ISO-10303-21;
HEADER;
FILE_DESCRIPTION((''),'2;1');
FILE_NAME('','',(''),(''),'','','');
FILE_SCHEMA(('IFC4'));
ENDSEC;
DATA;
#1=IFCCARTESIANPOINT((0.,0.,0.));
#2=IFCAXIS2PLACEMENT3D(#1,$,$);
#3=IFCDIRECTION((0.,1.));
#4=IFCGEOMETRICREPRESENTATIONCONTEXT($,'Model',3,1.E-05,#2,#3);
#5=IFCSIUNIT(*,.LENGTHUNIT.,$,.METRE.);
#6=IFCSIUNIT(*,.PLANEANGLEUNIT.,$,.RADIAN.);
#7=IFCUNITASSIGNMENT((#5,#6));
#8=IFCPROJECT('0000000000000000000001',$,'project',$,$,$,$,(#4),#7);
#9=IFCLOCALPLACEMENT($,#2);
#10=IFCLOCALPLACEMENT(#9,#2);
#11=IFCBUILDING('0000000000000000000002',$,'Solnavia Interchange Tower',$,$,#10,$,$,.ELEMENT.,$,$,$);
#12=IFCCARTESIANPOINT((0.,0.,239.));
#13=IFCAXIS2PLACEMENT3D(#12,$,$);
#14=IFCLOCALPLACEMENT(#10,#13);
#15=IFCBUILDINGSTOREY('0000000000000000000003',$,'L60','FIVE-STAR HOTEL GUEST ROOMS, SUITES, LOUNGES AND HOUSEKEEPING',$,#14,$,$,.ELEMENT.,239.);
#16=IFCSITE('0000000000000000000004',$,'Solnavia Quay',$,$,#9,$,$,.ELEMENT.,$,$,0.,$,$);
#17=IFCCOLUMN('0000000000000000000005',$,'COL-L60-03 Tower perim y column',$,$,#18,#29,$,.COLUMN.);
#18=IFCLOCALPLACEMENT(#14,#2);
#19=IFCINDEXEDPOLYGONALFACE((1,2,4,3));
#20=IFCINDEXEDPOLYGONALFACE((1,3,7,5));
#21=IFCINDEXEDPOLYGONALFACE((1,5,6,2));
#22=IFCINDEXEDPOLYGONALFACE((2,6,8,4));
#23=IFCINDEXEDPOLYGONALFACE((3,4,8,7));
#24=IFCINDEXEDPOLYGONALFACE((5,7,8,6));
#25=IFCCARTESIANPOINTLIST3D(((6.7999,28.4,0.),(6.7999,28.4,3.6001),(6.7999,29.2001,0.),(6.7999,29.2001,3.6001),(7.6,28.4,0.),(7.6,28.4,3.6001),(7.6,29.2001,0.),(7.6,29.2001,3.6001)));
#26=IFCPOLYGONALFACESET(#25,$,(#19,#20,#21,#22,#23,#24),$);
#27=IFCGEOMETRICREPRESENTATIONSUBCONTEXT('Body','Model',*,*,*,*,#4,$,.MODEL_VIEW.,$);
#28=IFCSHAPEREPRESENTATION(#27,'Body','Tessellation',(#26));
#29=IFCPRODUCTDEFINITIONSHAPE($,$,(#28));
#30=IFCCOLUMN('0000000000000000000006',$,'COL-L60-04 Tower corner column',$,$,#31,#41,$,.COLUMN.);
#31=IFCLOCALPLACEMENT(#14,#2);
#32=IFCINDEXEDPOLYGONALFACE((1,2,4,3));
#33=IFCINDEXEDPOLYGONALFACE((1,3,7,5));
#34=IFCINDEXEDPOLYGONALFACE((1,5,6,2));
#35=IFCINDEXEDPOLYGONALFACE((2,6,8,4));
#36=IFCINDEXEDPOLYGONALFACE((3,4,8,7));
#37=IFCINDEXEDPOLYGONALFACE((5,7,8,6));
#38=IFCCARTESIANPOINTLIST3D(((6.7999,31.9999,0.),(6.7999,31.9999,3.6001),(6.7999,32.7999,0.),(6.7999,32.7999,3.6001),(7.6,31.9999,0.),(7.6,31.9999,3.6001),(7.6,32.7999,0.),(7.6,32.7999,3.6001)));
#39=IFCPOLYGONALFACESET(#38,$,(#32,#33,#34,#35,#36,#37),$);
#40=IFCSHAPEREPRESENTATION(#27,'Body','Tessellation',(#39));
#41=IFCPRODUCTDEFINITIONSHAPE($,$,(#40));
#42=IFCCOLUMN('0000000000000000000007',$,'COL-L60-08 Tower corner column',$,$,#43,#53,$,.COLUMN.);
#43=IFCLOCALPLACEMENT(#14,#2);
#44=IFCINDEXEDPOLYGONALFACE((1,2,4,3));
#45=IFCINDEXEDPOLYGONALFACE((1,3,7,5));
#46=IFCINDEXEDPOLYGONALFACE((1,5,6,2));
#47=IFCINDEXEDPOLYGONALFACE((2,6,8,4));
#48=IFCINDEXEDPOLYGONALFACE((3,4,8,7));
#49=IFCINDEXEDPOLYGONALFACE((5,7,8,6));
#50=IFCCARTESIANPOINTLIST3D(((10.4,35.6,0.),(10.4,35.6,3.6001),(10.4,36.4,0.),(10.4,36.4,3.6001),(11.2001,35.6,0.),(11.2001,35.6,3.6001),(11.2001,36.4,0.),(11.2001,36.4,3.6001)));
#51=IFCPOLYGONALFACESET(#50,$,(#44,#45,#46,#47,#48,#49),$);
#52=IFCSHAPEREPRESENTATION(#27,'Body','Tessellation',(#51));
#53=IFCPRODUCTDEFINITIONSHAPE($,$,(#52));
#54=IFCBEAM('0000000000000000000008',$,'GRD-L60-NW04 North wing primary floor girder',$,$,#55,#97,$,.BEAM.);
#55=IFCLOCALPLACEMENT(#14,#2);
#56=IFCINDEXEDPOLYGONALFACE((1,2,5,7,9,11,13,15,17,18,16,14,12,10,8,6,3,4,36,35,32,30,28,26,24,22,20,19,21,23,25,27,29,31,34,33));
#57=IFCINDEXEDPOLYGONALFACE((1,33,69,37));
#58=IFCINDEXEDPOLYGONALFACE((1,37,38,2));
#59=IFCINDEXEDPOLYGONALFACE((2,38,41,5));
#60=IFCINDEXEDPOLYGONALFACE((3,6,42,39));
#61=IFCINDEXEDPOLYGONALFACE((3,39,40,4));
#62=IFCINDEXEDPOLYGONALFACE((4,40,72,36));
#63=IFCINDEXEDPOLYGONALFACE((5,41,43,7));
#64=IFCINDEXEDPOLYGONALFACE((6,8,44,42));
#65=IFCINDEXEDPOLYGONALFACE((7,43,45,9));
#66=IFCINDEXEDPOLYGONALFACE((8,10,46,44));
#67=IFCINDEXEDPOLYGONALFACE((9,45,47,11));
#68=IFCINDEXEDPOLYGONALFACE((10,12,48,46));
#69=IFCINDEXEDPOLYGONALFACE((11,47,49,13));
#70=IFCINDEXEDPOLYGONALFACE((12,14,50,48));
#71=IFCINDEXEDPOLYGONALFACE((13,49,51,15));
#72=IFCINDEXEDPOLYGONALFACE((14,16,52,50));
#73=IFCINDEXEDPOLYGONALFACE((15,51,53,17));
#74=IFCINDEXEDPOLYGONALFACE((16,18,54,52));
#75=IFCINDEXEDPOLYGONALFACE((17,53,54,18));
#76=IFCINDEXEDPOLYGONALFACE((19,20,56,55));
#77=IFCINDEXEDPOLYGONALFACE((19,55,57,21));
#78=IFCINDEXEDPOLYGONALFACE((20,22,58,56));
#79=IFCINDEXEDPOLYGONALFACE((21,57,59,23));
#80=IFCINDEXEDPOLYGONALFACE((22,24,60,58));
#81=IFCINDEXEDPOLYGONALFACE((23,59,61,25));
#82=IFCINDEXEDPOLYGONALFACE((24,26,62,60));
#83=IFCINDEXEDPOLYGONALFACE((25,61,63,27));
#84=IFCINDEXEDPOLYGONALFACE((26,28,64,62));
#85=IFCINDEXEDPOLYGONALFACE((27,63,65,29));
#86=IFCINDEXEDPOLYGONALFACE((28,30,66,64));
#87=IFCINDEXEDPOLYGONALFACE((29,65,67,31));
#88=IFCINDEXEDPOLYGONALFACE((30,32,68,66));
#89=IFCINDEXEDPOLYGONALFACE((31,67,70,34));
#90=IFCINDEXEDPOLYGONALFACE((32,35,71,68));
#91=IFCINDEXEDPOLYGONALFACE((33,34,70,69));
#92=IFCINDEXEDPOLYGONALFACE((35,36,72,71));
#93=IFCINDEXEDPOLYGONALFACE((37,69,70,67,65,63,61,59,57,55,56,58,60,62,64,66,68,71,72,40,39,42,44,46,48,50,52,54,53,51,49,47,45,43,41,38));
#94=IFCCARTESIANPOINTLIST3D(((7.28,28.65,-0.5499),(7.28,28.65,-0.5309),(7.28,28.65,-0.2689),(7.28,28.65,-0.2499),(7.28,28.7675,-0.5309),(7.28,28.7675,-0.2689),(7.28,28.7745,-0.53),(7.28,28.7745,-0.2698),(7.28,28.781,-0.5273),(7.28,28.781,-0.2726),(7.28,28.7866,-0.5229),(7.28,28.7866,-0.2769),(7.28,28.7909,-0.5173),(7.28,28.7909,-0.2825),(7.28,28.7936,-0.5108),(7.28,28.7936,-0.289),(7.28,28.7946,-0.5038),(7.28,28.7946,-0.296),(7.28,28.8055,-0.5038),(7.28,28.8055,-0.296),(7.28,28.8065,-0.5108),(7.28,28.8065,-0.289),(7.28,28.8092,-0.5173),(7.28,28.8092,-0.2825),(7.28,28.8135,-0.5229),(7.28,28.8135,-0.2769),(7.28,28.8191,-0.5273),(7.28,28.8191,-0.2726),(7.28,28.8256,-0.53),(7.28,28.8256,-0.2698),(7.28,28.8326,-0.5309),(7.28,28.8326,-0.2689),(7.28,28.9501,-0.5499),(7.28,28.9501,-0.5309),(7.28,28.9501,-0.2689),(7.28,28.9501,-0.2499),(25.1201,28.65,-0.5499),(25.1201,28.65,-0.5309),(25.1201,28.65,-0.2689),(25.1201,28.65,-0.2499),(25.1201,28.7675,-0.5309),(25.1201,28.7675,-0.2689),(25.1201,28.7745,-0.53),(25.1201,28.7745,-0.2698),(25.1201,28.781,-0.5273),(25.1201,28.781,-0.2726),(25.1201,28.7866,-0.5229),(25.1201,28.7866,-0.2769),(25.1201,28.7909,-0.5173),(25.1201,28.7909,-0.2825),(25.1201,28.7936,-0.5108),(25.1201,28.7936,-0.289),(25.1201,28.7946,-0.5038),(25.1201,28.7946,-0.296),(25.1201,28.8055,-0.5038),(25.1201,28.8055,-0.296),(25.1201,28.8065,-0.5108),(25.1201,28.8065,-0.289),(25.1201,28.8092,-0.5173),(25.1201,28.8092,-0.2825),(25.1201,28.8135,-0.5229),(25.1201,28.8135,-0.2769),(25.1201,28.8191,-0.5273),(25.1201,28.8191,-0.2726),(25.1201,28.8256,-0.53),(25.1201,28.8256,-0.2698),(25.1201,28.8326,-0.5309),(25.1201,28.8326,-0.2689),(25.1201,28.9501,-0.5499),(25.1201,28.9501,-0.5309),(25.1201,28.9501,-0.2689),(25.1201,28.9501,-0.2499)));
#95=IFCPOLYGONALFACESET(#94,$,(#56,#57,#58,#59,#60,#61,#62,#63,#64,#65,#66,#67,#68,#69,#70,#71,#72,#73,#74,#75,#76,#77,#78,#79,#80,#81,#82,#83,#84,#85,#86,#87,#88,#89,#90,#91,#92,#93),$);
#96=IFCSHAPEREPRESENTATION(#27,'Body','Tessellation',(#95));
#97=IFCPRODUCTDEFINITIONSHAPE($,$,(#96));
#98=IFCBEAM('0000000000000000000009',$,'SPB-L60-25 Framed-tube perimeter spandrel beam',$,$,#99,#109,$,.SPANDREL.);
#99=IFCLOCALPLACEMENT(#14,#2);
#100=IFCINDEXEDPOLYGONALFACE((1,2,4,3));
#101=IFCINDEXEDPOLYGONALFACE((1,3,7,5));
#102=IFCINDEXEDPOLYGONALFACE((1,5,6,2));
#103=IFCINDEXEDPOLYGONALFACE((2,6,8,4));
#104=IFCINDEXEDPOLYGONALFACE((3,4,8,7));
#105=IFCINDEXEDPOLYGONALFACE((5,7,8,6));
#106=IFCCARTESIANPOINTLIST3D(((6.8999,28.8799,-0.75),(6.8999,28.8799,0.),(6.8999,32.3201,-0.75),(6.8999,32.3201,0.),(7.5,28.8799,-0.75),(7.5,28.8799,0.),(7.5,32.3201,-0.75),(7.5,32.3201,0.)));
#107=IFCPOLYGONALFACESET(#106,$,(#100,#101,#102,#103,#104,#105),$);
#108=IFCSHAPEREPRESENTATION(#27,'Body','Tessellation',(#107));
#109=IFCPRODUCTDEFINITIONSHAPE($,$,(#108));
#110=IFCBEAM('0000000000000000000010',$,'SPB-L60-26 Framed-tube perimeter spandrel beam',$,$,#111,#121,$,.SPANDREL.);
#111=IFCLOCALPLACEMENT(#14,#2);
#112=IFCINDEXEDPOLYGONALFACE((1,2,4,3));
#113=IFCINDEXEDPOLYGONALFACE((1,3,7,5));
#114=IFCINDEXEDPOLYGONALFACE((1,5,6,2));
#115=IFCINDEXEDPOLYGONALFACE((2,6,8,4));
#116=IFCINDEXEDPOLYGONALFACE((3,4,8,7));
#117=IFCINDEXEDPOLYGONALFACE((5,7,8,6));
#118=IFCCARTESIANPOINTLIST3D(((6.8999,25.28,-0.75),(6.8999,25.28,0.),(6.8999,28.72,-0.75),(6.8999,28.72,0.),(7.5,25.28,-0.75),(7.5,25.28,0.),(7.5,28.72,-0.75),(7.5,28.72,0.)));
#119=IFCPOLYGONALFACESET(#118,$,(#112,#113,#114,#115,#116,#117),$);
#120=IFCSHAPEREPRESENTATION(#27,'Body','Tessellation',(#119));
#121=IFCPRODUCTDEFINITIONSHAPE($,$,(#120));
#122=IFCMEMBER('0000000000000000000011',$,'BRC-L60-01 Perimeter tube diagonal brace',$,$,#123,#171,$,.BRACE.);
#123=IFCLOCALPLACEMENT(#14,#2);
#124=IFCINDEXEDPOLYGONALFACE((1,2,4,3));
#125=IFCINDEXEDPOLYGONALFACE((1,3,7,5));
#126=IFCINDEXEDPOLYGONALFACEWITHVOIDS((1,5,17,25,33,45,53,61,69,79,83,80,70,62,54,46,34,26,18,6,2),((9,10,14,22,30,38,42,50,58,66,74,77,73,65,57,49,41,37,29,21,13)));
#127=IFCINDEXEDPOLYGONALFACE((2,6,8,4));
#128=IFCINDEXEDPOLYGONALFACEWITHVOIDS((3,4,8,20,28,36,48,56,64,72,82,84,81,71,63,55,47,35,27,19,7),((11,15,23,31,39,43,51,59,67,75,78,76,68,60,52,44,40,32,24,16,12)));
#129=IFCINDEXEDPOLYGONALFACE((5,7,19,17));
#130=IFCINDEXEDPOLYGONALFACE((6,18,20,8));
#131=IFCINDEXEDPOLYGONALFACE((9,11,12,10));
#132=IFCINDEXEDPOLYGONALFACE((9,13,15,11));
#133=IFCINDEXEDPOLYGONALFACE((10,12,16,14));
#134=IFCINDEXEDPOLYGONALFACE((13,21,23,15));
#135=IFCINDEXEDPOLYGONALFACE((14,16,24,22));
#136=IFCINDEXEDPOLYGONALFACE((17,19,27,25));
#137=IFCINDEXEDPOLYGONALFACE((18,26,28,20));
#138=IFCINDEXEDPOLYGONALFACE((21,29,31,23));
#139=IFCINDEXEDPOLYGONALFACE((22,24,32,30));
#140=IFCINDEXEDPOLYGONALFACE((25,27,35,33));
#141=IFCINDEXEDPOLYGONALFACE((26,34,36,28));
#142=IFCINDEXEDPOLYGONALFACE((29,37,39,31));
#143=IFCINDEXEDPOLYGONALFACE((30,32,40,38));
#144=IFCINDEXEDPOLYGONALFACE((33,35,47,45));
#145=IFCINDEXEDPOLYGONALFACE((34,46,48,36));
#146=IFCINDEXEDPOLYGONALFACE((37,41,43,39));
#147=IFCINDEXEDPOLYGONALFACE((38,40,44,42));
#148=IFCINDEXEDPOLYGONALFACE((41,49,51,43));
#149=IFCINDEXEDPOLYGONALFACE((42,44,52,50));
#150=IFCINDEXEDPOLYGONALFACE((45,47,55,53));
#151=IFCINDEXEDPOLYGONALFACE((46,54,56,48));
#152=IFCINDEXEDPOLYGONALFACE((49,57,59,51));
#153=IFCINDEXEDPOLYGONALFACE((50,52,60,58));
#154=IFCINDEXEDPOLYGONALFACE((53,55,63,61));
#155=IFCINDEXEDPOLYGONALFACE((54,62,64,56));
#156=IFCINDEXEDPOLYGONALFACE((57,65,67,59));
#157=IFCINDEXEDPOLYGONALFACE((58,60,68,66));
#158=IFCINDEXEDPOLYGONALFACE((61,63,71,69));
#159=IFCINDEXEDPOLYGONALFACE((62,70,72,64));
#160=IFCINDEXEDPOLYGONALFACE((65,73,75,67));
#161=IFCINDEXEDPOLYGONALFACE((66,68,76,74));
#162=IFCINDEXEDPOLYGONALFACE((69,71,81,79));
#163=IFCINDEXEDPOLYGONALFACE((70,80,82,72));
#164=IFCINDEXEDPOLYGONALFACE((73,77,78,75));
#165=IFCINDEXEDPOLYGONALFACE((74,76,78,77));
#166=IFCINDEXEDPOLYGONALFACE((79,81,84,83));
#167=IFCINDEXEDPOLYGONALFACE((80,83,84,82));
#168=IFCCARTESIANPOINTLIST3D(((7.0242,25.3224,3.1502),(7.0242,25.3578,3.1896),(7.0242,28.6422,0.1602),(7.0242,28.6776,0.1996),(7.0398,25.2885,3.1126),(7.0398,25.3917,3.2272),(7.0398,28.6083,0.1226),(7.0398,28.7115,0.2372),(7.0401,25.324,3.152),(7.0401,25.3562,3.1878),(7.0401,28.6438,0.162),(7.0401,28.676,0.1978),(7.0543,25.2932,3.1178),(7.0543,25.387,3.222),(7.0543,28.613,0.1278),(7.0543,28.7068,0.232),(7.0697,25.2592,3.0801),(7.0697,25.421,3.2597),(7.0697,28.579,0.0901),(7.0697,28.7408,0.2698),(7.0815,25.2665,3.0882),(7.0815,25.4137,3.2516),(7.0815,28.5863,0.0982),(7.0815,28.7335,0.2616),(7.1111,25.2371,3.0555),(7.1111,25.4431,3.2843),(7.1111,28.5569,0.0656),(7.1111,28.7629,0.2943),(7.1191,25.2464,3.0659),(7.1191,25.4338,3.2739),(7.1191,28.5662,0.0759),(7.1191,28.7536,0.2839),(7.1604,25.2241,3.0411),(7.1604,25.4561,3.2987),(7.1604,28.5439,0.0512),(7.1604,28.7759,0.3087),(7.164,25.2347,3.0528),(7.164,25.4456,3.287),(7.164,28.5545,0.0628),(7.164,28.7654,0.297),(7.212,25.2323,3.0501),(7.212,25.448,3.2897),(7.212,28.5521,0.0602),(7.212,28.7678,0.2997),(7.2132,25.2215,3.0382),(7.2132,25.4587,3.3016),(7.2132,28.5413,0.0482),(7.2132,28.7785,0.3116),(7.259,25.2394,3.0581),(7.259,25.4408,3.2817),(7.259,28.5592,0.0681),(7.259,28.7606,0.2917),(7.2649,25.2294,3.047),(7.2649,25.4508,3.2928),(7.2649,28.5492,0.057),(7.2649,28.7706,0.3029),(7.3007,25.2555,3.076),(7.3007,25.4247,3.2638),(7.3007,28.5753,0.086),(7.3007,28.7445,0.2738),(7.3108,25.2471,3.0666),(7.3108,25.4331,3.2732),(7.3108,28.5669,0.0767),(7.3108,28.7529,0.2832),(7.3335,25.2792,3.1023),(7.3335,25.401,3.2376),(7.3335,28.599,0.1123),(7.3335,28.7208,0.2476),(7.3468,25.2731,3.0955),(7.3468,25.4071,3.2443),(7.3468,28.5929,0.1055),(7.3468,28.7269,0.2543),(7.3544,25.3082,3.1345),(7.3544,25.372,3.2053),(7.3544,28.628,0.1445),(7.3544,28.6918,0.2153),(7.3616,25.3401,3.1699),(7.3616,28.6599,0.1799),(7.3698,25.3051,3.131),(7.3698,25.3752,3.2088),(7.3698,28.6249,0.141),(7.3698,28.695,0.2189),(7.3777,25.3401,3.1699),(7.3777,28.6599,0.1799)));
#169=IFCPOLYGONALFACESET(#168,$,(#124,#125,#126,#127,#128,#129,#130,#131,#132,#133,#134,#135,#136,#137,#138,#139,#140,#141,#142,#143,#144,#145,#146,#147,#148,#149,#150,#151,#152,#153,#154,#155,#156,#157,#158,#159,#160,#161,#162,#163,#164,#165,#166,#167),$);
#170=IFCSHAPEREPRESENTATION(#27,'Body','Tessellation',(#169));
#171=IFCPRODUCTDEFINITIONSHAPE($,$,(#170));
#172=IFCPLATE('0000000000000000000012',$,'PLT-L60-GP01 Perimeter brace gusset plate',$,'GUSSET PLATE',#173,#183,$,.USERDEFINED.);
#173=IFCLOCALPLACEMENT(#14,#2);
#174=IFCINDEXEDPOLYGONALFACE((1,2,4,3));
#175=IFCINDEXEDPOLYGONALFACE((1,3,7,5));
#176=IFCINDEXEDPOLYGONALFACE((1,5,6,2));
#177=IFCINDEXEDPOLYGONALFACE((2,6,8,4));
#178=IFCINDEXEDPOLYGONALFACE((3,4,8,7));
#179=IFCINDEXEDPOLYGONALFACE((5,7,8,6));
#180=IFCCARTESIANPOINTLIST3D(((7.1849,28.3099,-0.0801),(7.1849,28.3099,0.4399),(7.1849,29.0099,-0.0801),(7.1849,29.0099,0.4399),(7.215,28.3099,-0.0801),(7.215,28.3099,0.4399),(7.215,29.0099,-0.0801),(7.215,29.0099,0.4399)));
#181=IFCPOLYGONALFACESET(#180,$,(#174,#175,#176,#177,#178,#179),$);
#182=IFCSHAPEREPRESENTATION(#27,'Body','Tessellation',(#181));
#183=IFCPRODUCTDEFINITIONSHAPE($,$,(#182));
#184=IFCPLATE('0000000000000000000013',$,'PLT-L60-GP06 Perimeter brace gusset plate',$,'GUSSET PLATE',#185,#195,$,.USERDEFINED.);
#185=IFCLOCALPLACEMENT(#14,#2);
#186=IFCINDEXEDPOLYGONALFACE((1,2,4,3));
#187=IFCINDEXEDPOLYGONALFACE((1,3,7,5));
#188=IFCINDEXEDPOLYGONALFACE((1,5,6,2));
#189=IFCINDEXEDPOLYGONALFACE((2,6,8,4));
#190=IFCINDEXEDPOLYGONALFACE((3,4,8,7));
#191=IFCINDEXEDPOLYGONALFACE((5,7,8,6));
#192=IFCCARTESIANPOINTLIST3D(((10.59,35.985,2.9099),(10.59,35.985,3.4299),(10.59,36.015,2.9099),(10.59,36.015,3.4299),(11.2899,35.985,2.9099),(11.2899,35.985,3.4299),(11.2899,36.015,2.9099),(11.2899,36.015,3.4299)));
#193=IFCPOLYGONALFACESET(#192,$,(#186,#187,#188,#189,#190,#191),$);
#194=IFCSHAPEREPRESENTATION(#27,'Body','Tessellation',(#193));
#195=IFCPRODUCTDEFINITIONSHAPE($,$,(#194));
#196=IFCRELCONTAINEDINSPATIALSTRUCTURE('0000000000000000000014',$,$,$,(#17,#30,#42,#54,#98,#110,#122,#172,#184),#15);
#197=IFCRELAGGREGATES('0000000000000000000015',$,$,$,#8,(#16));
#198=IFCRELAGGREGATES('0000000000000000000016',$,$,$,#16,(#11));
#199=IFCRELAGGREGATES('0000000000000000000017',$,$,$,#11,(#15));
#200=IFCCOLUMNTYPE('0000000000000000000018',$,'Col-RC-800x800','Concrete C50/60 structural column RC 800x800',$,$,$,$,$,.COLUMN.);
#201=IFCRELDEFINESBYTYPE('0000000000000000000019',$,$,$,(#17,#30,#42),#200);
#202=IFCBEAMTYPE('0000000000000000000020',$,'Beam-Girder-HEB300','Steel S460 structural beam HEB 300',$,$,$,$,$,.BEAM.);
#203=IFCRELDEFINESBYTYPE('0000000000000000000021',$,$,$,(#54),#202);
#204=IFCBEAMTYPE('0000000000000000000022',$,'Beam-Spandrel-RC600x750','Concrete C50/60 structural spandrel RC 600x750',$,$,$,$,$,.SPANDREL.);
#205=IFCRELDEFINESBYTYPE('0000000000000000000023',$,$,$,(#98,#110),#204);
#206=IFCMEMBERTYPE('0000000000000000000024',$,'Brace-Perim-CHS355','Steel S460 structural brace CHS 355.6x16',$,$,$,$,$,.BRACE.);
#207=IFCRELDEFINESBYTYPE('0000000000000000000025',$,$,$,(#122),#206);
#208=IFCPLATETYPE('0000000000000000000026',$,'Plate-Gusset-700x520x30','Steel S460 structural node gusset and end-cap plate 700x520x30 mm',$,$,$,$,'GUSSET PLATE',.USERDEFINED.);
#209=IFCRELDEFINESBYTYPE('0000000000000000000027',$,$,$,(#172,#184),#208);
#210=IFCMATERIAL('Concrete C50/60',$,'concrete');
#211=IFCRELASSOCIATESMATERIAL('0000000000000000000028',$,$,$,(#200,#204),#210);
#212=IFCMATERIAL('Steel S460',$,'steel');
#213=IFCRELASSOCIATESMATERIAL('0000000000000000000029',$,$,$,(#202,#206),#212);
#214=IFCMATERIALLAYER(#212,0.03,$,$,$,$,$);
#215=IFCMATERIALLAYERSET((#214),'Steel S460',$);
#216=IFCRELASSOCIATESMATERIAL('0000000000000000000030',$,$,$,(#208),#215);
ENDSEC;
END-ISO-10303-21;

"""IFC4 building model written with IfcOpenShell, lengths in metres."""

from ifc_helpers import new_model, si_unit, direction, frame, origin, origin_2d, place, context, subcontext, project, spatial, rectangle, hollow_circle, i_section, extrude, material, layer, layer_set, material_profile, profile_set, type_object, element, save


model = new_model("IFC4")

# Units and contexts
model_context = context("Model", 3, precision=1e-05, world=origin(), true_north=direction((0.0, 1.0)))
body_context = subcontext(model_context, "Body", "Model", "MODEL_VIEW")
ifc_project = project(units=[si_unit("LENGTHUNIT", "METRE"), si_unit("PLANEANGLEUNIT", "RADIAN")], contexts=[model_context])

# Site, building, storey
site_placement = place(None, origin())
site = spatial("IfcSite", under=ifc_project, at=site_placement, Name="Solnavia Quay", CompositionType="ELEMENT", RefElevation=0.0)
building_placement = place(site_placement, origin())
building = spatial("IfcBuilding", under=site, at=building_placement, Name="Solnavia Interchange Tower", CompositionType="ELEMENT")
storey_placement = place(building_placement, frame((0.0, 0.0, 239.0)))
storey = spatial("IfcBuildingStorey", under=building, at=storey_placement, Name="L60", Description="FIVE-STAR HOTEL GUEST ROOMS, SUITES, LOUNGES AND HOUSEKEEPING", CompositionType="ELEMENT", Elevation=239.0)

# Columns
ifc_material_1 = material(Name="Concrete C50/60", Category="concrete")
ifc_material_profile_1 = material_profile(ifc_material_1, rectangle(XDim=0.8, YDim=0.8, at=origin_2d()), Name="RC 800x800")
ifc_profile_set_1 = profile_set([ifc_material_profile_1], Name="Concrete C50/60")
column_type = type_object("IfcColumnType", Name="Col-RC-800x800", Description="Concrete C50/60 structural column RC 800x800", PredefinedType="COLUMN", material=ifc_profile_set_1)
for number, where, z_axis, x_axis, name in (
    (1, (7.2, 28.8, 0.0), (0.0, 0.0, 1.0), (0.0, 1.0, 0.0), "COL-L60-03 Tower perim y column"),
    (2, (7.2, 32.3999, 0.0), (0.0, 0.0, 1.0), (0.0, 1.0, 0.0), "COL-L60-04 Tower corner column"),
    (3, (10.8, 36.0, 0.0), (0.0, 0.0, 1.0), (1.0, 0.0, 0.0), "COL-L60-08 Tower corner column"),
):
    element("IfcColumn", number, at=place(storey_placement, frame(where, z_axis=z_axis, x_axis=x_axis)), inside=storey, type_object=column_type, Name=name, PredefinedType="COLUMN", context=body_context, shape_type="SweptSolid", body=[
        extrude(rectangle(XDim=0.8, YDim=0.8, at=origin_2d()), origin(), (0.0, 0.0, 1.0), 3.6001),
    ])

# Beams
ifc_material_2 = material(Name="Steel S460", Category="steel")
ifc_material_profile_2 = material_profile(ifc_material_2, i_section(OverallWidth=0.3, OverallDepth=0.3, WebThickness=0.011, FlangeThickness=0.019, FilletRadius=0.0271, at=origin_2d()), Name="HEB 300")
ifc_profile_set_2 = profile_set([ifc_material_profile_2], Name="Steel S460")
beam_type_1 = type_object("IfcBeamType", Name="Beam-Girder-HEB300", Description="Steel S460 structural beam HEB 300", PredefinedType="BEAM", material=ifc_profile_set_2)
beam_1_placement = place(storey_placement, frame((7.28, 28.8, -0.3999), z_axis=(1.0, 0.0, 0.0), x_axis=(0.0, 1.0, 0.0)))
element("IfcBeam", 4, at=beam_1_placement, inside=storey, type_object=beam_type_1, Name="GRD-L60-NW04 North wing primary floor girder", PredefinedType="BEAM", context=body_context, shape_type="SweptSolid", body=[
    extrude(i_section(OverallWidth=0.3, OverallDepth=0.3, WebThickness=0.011, FlangeThickness=0.019, FilletRadius=0.0271, at=origin_2d()), origin(), (0.0, 0.0, 1.0), 17.8401),
])
ifc_material_profile_3 = material_profile(ifc_material_1, rectangle(XDim=0.6001, YDim=0.75, at=origin_2d()), Name="RC 600x750")
ifc_profile_set_3 = profile_set([ifc_material_profile_3], Name="Concrete C50/60")
beam_type_2 = type_object("IfcBeamType", Name="Beam-Spandrel-RC600x750", Description="Concrete C50/60 structural spandrel RC 600x750", PredefinedType="SPANDREL", material=ifc_profile_set_3)
beam_2_placement = place(storey_placement, frame((7.2, 32.3201, -0.375), z_axis=(0.0, -1.0, 0.0), x_axis=(1.0, 0.0, 0.0)))
element("IfcBeam", 5, at=beam_2_placement, inside=storey, type_object=beam_type_2, Name="SPB-L60-25 Framed-tube perimeter spandrel beam", PredefinedType="SPANDREL", context=body_context, shape_type="SweptSolid", body=[
    extrude(rectangle(XDim=0.6001, YDim=0.75, at=origin_2d()), origin(), (0.0, 0.0, 1.0), 3.4402),
])
beam_3_placement = place(storey_placement, frame((7.2, 28.72, -0.375), z_axis=(0.0, -1.0, 0.0), x_axis=(1.0, 0.0, 0.0)))
element("IfcBeam", 6, at=beam_3_placement, inside=storey, type_object=beam_type_2, Name="SPB-L60-26 Framed-tube perimeter spandrel beam", PredefinedType="SPANDREL", context=body_context, shape_type="SweptSolid", body=[
    extrude(rectangle(XDim=0.6001, YDim=0.75, at=origin_2d()), origin(), (0.0, 0.0, 1.0), 3.4399),
])

# Member
ifc_material_profile_4 = material_profile(ifc_material_2, hollow_circle(Radius=0.1777, WallThickness=0.0161, at=origin_2d()), Name="CHS 355.6x16")
ifc_profile_set_4 = profile_set([ifc_material_profile_4], Name="Steel S460")
member_type = type_object("IfcMemberType", Name="Brace-Perim-CHS355", Description="Steel S460 structural brace CHS 355.6x16", PredefinedType="BRACE", material=ifc_profile_set_4)
member_placement = place(storey_placement, frame((7.2, 28.6599, 0.1799), z_axis=(0.0, -0.743055, 0.66923), x_axis=(1.0, 0.0, 0.0)))
element("IfcMember", 7, at=member_placement, inside=storey, type_object=member_type, Name="BRC-L60-01 Perimeter tube diagonal brace", PredefinedType="BRACE", context=body_context, shape_type="SweptSolid", body=[
    extrude(hollow_circle(Radius=0.1777, WallThickness=0.0161, at=origin_2d()), origin(), (0.0, 0.0, 1.0), 4.4678),
])

# Plates
ifc_layer_1 = layer(ifc_material_2, 0.03)
ifc_layer_set_1 = layer_set([ifc_layer_1], Name="Steel S460")
plate_type = type_object("IfcPlateType", Name="Plate-Gusset-700x520x30", Description="Steel S460 structural node gusset and end-cap plate 700x520x30 mm", ElementType="GUSSET PLATE", PredefinedType="USERDEFINED", material=ifc_layer_set_1)
for number, where, z_axis, x_axis, name in (
    (8, (7.2, 28.6599, -0.0801), (0.0, 0.0, 1.0), (0.0, -1.0, 0.0), "PLT-L60-GP01 Perimeter brace gusset plate"),
    (9, (10.9399, 36.0, 2.9099), (0.0, 0.0, 1.0), (-1.0, 0.0, 0.0), "PLT-L60-GP06 Perimeter brace gusset plate"),
):
    element("IfcPlate", number, at=place(storey_placement, frame(where, z_axis=z_axis, x_axis=x_axis)), inside=storey, type_object=plate_type, Name=name, ObjectType="GUSSET PLATE", PredefinedType="USERDEFINED", context=body_context, shape_type="SweptSolid", body=[
        extrude(rectangle(XDim=0.7, YDim=0.03, at=origin_2d()), origin(), (0.0, 0.0, 1.0), 0.52),
    ])

save(model, "model.ifc")
